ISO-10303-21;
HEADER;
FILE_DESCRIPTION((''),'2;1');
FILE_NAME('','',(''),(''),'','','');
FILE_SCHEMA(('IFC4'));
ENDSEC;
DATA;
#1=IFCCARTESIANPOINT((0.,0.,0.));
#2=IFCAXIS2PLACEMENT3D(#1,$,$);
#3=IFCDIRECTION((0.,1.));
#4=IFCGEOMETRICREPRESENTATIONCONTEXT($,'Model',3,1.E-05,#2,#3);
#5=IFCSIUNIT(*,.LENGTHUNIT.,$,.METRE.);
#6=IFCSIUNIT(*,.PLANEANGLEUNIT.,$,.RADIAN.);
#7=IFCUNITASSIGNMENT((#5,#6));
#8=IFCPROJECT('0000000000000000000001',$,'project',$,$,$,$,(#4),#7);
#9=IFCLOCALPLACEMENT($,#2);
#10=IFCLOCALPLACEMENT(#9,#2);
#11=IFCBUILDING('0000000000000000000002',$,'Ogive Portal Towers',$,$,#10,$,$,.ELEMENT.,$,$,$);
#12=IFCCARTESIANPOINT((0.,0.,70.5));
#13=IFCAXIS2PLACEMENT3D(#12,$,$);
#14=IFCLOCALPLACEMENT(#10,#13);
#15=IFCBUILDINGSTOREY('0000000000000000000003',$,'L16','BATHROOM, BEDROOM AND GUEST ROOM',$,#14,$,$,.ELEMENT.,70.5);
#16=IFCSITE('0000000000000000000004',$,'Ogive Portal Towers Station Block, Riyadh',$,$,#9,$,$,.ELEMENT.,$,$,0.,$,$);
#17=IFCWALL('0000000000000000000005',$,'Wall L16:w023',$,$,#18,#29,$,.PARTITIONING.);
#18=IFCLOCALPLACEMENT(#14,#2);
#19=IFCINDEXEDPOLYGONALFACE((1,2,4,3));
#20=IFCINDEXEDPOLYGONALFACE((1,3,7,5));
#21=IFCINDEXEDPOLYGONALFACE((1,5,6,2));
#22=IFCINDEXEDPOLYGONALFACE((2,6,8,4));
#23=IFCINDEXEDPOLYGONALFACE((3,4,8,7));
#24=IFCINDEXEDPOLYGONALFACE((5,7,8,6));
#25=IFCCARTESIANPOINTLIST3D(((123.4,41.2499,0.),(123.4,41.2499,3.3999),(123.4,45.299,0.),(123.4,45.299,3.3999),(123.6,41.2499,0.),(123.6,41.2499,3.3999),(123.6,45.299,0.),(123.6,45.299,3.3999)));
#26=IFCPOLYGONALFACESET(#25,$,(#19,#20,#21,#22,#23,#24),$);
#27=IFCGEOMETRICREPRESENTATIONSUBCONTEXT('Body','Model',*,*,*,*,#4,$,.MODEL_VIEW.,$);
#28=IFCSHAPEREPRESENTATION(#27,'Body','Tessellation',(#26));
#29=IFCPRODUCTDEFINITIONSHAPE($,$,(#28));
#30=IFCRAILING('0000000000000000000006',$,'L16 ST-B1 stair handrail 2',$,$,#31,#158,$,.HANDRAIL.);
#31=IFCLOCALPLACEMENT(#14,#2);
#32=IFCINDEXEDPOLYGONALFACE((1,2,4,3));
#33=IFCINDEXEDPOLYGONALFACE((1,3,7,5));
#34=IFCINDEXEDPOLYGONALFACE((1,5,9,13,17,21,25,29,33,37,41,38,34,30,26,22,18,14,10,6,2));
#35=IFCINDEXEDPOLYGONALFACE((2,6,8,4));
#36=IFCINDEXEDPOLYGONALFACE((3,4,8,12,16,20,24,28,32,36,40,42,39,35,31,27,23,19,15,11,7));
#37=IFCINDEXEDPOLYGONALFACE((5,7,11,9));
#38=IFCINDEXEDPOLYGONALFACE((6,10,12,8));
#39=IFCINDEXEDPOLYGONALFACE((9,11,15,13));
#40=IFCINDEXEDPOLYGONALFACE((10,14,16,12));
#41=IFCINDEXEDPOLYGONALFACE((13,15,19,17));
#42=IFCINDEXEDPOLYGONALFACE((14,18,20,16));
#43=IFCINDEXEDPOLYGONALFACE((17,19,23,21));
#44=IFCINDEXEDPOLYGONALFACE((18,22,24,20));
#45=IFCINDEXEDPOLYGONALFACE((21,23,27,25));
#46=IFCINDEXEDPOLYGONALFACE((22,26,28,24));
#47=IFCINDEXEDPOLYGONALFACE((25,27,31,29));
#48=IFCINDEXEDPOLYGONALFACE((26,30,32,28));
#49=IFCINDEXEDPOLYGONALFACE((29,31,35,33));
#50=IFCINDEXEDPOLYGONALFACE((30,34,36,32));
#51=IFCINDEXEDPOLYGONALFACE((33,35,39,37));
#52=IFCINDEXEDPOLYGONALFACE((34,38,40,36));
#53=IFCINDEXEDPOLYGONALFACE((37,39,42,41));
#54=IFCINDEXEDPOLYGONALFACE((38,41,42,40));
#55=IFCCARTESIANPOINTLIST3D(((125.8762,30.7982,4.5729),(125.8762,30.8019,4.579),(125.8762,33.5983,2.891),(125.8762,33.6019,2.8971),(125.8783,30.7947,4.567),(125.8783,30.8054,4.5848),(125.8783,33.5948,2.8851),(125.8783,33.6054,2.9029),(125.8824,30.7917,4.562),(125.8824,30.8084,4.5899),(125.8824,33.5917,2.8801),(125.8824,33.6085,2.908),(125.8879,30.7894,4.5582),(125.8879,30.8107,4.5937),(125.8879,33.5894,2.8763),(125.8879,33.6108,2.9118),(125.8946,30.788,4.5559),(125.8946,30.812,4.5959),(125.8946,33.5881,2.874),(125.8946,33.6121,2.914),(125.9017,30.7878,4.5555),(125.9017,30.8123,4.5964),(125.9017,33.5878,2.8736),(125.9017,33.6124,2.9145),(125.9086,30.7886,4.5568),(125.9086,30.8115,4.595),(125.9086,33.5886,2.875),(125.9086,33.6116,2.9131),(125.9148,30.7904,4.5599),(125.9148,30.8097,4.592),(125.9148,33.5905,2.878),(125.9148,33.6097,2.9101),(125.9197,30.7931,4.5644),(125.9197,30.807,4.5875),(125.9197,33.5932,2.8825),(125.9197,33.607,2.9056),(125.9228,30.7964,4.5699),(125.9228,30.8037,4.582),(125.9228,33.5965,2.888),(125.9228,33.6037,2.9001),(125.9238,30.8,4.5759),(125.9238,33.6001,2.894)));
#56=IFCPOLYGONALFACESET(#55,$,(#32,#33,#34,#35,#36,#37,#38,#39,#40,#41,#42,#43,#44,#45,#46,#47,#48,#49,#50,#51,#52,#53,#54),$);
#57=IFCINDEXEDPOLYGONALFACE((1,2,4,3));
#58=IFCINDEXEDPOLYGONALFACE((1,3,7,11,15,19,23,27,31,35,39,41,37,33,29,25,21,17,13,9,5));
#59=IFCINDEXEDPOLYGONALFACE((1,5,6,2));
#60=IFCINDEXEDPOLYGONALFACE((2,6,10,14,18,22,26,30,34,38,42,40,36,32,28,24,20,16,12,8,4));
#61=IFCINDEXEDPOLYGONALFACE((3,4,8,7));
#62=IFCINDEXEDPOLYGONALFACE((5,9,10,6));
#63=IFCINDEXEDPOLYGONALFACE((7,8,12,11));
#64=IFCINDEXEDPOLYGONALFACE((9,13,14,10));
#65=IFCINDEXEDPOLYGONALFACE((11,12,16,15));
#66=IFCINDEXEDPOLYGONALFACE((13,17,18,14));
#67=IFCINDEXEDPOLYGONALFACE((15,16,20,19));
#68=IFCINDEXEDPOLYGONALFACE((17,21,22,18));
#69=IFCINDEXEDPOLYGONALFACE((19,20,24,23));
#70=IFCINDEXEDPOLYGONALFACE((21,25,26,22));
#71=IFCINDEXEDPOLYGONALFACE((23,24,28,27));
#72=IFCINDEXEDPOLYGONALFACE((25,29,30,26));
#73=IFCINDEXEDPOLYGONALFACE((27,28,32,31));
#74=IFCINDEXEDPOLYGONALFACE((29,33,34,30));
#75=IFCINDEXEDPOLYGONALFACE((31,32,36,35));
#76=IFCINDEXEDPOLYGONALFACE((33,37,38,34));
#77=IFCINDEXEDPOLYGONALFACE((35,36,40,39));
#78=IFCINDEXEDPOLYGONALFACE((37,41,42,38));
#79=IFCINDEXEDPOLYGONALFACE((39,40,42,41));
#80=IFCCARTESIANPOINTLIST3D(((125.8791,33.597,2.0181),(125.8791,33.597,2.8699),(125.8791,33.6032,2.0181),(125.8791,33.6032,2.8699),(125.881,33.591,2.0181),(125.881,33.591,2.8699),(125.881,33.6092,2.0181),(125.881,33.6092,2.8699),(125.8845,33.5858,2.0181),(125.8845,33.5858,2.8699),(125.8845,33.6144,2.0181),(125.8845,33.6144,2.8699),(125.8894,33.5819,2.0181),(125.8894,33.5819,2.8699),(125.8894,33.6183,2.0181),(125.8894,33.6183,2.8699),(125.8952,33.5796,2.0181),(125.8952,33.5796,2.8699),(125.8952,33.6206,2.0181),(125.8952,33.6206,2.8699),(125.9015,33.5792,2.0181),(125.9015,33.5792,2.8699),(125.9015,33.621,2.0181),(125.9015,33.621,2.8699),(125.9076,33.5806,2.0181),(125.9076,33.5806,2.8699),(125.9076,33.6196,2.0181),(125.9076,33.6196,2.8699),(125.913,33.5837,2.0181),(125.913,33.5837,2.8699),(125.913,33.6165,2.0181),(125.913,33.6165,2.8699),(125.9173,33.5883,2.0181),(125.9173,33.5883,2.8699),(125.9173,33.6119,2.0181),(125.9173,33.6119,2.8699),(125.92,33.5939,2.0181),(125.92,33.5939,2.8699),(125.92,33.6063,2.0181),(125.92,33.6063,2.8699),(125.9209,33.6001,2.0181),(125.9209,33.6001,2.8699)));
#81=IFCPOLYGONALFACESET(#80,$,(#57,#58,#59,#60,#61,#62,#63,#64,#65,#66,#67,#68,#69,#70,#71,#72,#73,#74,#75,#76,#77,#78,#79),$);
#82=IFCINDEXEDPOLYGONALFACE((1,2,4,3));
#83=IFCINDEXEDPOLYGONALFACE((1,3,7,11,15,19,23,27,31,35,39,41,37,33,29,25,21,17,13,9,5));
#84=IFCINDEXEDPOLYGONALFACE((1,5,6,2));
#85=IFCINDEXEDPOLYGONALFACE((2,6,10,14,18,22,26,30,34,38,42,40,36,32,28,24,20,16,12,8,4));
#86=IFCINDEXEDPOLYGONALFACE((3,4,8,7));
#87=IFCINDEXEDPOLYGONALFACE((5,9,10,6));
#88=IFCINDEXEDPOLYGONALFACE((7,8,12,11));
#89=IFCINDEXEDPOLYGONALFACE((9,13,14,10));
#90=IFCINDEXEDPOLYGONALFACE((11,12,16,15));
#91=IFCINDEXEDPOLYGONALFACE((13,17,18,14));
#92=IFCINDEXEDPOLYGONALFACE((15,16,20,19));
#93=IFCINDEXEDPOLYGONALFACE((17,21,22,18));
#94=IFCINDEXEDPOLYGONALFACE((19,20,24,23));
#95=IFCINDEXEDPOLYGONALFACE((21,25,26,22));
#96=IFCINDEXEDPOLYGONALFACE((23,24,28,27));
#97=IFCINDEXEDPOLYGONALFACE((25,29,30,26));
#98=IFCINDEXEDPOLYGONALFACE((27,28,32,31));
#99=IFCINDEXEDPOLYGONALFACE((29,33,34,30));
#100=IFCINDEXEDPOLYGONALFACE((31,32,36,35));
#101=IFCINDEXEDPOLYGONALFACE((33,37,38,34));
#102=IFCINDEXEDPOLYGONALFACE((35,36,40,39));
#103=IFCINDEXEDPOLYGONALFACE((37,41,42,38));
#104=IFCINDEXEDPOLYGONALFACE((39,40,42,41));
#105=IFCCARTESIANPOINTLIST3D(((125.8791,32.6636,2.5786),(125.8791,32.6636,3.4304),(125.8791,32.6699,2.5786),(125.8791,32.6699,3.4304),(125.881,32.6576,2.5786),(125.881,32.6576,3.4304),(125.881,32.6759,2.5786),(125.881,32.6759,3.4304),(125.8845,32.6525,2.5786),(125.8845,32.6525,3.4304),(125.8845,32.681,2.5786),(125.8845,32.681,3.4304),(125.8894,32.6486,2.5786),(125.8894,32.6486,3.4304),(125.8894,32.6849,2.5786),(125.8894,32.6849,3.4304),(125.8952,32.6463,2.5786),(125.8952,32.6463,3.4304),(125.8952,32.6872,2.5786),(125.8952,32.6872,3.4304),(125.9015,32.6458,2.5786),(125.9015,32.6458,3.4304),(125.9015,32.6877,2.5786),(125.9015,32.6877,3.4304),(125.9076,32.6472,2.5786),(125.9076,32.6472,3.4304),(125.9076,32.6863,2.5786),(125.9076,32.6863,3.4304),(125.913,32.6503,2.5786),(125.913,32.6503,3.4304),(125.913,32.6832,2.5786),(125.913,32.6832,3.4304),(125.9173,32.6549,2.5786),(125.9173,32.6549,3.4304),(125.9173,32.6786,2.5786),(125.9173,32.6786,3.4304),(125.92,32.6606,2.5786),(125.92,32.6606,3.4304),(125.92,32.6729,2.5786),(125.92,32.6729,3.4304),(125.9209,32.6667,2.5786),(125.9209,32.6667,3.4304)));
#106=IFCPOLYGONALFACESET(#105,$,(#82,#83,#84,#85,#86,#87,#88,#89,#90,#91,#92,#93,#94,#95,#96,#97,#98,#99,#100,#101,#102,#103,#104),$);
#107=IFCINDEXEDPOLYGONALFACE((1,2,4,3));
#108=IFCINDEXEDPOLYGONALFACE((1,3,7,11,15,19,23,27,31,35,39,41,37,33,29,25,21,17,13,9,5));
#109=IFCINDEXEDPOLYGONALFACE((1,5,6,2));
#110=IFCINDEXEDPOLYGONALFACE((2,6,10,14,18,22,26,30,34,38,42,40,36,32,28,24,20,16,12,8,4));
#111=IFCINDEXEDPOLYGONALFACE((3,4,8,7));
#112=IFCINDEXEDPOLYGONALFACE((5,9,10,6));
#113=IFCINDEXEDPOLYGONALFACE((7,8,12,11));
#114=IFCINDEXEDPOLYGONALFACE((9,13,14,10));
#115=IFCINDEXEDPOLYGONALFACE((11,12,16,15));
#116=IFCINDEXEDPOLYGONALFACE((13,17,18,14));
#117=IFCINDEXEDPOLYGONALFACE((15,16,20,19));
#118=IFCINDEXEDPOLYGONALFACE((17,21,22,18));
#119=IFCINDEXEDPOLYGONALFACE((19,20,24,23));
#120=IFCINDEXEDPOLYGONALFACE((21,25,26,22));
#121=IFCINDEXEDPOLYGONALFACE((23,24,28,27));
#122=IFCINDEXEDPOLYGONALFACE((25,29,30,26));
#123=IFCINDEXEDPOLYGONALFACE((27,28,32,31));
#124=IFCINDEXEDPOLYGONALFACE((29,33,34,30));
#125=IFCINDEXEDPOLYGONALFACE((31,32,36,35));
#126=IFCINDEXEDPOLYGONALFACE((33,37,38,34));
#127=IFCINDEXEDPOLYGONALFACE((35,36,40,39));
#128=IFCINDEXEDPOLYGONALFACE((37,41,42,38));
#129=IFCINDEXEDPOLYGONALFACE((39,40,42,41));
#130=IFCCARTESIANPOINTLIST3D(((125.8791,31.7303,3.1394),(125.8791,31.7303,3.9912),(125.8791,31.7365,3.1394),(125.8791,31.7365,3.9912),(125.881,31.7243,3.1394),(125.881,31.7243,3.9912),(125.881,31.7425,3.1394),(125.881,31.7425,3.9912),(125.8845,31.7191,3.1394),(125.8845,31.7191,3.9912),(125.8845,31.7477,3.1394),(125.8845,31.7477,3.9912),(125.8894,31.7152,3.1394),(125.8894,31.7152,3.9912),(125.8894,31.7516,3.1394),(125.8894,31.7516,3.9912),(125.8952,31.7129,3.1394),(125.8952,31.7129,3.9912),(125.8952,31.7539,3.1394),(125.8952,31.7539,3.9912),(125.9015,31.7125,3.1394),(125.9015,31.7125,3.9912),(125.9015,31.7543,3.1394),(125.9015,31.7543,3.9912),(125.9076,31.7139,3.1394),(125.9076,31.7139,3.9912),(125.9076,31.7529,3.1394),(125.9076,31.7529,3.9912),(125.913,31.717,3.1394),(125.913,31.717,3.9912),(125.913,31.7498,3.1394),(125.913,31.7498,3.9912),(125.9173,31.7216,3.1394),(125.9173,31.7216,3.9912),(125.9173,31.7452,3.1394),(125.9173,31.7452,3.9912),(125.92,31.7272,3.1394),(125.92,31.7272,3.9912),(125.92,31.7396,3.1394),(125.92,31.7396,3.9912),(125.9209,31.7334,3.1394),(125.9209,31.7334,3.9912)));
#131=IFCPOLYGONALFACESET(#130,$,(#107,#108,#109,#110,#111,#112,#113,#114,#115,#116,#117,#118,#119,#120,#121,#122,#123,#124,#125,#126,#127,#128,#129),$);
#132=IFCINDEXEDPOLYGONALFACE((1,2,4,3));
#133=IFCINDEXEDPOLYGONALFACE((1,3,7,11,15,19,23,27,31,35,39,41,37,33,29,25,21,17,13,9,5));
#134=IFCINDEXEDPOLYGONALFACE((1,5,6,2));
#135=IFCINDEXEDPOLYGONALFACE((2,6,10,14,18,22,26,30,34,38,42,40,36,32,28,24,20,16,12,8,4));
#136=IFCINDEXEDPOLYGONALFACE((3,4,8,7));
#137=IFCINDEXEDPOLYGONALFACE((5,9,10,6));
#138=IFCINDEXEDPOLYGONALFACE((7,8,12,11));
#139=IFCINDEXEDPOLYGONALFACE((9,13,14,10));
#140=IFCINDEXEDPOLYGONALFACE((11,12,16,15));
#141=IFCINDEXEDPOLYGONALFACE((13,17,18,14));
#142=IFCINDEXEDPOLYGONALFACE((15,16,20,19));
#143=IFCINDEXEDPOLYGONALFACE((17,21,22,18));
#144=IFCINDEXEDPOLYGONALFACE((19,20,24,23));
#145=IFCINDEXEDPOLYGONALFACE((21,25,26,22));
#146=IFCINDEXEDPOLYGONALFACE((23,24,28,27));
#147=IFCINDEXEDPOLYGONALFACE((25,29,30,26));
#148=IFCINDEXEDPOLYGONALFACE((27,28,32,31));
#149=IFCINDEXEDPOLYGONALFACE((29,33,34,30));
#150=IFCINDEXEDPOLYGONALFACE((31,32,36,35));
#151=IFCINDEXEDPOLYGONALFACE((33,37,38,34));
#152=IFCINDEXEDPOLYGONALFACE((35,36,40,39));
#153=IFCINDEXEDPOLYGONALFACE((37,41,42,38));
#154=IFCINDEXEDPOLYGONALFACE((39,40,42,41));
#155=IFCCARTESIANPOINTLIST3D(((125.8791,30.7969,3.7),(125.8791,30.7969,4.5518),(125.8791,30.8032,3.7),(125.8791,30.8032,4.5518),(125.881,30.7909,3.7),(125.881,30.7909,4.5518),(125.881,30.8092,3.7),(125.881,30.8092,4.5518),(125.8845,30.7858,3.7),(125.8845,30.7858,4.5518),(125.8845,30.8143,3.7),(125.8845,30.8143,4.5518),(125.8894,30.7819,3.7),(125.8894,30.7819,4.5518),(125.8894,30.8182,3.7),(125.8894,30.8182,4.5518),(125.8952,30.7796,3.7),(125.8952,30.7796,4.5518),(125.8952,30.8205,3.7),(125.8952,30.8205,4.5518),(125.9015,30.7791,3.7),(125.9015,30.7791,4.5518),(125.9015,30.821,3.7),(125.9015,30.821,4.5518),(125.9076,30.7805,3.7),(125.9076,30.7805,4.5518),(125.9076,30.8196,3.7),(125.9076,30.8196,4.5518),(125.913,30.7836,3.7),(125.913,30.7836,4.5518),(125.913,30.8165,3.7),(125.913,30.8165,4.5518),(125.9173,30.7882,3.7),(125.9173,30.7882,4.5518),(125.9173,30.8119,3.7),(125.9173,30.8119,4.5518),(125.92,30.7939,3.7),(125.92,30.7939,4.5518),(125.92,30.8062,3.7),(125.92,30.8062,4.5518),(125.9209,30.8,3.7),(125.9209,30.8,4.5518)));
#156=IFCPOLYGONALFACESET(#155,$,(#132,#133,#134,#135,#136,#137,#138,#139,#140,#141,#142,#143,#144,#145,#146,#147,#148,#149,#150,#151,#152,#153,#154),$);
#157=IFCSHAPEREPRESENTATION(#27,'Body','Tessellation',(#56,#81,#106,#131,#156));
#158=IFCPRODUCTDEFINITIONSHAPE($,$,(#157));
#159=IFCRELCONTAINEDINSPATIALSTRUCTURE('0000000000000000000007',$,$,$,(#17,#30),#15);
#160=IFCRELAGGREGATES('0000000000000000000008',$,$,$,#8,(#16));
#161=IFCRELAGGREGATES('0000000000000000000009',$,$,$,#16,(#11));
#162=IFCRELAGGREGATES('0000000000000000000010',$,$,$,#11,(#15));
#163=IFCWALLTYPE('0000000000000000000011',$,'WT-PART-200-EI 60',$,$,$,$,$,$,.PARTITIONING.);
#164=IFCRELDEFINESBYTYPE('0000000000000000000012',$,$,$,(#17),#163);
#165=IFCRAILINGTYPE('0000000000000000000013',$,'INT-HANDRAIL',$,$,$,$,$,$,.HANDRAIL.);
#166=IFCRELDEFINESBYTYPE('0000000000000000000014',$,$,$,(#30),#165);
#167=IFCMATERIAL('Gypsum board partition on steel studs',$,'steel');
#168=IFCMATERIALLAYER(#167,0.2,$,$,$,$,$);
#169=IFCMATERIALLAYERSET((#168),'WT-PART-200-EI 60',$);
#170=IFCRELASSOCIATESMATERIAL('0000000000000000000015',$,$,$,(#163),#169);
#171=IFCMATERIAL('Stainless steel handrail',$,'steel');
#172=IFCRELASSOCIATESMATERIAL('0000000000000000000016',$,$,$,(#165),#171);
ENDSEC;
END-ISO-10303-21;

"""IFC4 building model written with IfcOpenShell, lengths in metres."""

from ifc_helpers import new_model, si_unit, direction, frame, frame_2d, origin, origin_2d, place, context, subcontext, project, spatial, rectangle, circle, extrude, material, layer, layer_set, type_object, element, save


model = new_model("IFC4")

# Units and contexts
model_context = context("Model", 3, precision=1e-05, world=origin(), true_north=direction((0.0, 1.0)))
body_context = subcontext(model_context, "Body", "Model", "MODEL_VIEW")
ifc_project = project(units=[si_unit("LENGTHUNIT", "METRE"), si_unit("PLANEANGLEUNIT", "RADIAN")], contexts=[model_context])

# Site, building, storey
site_placement = place(None, origin())
site = spatial("IfcSite", under=ifc_project, at=site_placement, Name="Ogive Portal Towers Station Block, Riyadh", CompositionType="ELEMENT", RefElevation=0.0)
building_placement = place(site_placement, origin())
building = spatial("IfcBuilding", under=site, at=building_placement, Name="Ogive Portal Towers", CompositionType="ELEMENT")
storey_placement = place(building_placement, frame((0.0, 0.0, 70.5)))
storey = spatial("IfcBuildingStorey", under=building, at=storey_placement, Name="L16", Description="BATHROOM, BEDROOM AND GUEST ROOM", CompositionType="ELEMENT", Elevation=70.5)

# Shared definitions
ifc_material_1 = material(Name="Gypsum board partition on steel studs", Category="steel")
ifc_layer_1 = layer(ifc_material_1, 0.2)
ifc_layer_set_1 = layer_set([ifc_layer_1], Name="WT-PART-200-EI 60")
wall_type_1 = type_object("IfcWallType", Name="WT-PART-200-EI 60", PredefinedType="PARTITIONING", material=ifc_layer_set_1)

# Wall
wall_1_placement = place(storey_placement, frame((123.5, 41.25, 0.0), z_axis=(0.0, 0.0, 1.0), x_axis=(0.0, 1.0, 0.0)))
element("IfcWall", 1, at=wall_1_placement, inside=storey, type_object=wall_type_1, Name="Wall L16:w023", PredefinedType="PARTITIONING", context=body_context, shape_type="SweptSolid", body=[
    extrude(rectangle(XDim=4.0491, YDim=0.2, at=frame_2d((2.0244, 0.0))), origin(), (0.0, 0.0, 1.0), 3.3999),
])

# Railing
ifc_material_2 = material(Name="Stainless steel handrail", Category="steel")
railing_type = type_object("IfcRailingType", Name="INT-HANDRAIL", PredefinedType="HANDRAIL", material=ifc_material_2)
railing_placement = place(storey_placement, frame((125.8999, 33.6001, 2.0181)))
element("IfcRailing", 2, at=railing_placement, inside=storey, type_object=railing_type, Name="L16 ST-B1 stair handrail 2", PredefinedType="HANDRAIL", context=body_context, shape_type="SweptSolid", body=[
    extrude(circle(Radius=0.0239, at=origin_2d()), frame((0.0, 0.0, 0.876), z_axis=(0.0, -0.857242, 0.514913), x_axis=(1.0, 0.0, 0.0)), (0.0, 0.0, 1.0), 3.2664),
    extrude(circle(Radius=0.021, at=origin_2d()), origin(), (0.0, 0.0, 1.0), 0.8518),
    extrude(circle(Radius=0.021, at=origin_2d()), frame((0.0, -0.9333, 0.5605)), (0.0, 0.0, 1.0), 0.8518),
    extrude(circle(Radius=0.021, at=origin_2d()), frame((0.0, -1.8667, 1.1213)), (0.0, 0.0, 1.0), 0.8518),
    extrude(circle(Radius=0.021, at=origin_2d()), frame((0.0, -2.8, 1.6819)), (0.0, 0.0, 1.0), 0.8518),
])

save(model, "model.ifc")
